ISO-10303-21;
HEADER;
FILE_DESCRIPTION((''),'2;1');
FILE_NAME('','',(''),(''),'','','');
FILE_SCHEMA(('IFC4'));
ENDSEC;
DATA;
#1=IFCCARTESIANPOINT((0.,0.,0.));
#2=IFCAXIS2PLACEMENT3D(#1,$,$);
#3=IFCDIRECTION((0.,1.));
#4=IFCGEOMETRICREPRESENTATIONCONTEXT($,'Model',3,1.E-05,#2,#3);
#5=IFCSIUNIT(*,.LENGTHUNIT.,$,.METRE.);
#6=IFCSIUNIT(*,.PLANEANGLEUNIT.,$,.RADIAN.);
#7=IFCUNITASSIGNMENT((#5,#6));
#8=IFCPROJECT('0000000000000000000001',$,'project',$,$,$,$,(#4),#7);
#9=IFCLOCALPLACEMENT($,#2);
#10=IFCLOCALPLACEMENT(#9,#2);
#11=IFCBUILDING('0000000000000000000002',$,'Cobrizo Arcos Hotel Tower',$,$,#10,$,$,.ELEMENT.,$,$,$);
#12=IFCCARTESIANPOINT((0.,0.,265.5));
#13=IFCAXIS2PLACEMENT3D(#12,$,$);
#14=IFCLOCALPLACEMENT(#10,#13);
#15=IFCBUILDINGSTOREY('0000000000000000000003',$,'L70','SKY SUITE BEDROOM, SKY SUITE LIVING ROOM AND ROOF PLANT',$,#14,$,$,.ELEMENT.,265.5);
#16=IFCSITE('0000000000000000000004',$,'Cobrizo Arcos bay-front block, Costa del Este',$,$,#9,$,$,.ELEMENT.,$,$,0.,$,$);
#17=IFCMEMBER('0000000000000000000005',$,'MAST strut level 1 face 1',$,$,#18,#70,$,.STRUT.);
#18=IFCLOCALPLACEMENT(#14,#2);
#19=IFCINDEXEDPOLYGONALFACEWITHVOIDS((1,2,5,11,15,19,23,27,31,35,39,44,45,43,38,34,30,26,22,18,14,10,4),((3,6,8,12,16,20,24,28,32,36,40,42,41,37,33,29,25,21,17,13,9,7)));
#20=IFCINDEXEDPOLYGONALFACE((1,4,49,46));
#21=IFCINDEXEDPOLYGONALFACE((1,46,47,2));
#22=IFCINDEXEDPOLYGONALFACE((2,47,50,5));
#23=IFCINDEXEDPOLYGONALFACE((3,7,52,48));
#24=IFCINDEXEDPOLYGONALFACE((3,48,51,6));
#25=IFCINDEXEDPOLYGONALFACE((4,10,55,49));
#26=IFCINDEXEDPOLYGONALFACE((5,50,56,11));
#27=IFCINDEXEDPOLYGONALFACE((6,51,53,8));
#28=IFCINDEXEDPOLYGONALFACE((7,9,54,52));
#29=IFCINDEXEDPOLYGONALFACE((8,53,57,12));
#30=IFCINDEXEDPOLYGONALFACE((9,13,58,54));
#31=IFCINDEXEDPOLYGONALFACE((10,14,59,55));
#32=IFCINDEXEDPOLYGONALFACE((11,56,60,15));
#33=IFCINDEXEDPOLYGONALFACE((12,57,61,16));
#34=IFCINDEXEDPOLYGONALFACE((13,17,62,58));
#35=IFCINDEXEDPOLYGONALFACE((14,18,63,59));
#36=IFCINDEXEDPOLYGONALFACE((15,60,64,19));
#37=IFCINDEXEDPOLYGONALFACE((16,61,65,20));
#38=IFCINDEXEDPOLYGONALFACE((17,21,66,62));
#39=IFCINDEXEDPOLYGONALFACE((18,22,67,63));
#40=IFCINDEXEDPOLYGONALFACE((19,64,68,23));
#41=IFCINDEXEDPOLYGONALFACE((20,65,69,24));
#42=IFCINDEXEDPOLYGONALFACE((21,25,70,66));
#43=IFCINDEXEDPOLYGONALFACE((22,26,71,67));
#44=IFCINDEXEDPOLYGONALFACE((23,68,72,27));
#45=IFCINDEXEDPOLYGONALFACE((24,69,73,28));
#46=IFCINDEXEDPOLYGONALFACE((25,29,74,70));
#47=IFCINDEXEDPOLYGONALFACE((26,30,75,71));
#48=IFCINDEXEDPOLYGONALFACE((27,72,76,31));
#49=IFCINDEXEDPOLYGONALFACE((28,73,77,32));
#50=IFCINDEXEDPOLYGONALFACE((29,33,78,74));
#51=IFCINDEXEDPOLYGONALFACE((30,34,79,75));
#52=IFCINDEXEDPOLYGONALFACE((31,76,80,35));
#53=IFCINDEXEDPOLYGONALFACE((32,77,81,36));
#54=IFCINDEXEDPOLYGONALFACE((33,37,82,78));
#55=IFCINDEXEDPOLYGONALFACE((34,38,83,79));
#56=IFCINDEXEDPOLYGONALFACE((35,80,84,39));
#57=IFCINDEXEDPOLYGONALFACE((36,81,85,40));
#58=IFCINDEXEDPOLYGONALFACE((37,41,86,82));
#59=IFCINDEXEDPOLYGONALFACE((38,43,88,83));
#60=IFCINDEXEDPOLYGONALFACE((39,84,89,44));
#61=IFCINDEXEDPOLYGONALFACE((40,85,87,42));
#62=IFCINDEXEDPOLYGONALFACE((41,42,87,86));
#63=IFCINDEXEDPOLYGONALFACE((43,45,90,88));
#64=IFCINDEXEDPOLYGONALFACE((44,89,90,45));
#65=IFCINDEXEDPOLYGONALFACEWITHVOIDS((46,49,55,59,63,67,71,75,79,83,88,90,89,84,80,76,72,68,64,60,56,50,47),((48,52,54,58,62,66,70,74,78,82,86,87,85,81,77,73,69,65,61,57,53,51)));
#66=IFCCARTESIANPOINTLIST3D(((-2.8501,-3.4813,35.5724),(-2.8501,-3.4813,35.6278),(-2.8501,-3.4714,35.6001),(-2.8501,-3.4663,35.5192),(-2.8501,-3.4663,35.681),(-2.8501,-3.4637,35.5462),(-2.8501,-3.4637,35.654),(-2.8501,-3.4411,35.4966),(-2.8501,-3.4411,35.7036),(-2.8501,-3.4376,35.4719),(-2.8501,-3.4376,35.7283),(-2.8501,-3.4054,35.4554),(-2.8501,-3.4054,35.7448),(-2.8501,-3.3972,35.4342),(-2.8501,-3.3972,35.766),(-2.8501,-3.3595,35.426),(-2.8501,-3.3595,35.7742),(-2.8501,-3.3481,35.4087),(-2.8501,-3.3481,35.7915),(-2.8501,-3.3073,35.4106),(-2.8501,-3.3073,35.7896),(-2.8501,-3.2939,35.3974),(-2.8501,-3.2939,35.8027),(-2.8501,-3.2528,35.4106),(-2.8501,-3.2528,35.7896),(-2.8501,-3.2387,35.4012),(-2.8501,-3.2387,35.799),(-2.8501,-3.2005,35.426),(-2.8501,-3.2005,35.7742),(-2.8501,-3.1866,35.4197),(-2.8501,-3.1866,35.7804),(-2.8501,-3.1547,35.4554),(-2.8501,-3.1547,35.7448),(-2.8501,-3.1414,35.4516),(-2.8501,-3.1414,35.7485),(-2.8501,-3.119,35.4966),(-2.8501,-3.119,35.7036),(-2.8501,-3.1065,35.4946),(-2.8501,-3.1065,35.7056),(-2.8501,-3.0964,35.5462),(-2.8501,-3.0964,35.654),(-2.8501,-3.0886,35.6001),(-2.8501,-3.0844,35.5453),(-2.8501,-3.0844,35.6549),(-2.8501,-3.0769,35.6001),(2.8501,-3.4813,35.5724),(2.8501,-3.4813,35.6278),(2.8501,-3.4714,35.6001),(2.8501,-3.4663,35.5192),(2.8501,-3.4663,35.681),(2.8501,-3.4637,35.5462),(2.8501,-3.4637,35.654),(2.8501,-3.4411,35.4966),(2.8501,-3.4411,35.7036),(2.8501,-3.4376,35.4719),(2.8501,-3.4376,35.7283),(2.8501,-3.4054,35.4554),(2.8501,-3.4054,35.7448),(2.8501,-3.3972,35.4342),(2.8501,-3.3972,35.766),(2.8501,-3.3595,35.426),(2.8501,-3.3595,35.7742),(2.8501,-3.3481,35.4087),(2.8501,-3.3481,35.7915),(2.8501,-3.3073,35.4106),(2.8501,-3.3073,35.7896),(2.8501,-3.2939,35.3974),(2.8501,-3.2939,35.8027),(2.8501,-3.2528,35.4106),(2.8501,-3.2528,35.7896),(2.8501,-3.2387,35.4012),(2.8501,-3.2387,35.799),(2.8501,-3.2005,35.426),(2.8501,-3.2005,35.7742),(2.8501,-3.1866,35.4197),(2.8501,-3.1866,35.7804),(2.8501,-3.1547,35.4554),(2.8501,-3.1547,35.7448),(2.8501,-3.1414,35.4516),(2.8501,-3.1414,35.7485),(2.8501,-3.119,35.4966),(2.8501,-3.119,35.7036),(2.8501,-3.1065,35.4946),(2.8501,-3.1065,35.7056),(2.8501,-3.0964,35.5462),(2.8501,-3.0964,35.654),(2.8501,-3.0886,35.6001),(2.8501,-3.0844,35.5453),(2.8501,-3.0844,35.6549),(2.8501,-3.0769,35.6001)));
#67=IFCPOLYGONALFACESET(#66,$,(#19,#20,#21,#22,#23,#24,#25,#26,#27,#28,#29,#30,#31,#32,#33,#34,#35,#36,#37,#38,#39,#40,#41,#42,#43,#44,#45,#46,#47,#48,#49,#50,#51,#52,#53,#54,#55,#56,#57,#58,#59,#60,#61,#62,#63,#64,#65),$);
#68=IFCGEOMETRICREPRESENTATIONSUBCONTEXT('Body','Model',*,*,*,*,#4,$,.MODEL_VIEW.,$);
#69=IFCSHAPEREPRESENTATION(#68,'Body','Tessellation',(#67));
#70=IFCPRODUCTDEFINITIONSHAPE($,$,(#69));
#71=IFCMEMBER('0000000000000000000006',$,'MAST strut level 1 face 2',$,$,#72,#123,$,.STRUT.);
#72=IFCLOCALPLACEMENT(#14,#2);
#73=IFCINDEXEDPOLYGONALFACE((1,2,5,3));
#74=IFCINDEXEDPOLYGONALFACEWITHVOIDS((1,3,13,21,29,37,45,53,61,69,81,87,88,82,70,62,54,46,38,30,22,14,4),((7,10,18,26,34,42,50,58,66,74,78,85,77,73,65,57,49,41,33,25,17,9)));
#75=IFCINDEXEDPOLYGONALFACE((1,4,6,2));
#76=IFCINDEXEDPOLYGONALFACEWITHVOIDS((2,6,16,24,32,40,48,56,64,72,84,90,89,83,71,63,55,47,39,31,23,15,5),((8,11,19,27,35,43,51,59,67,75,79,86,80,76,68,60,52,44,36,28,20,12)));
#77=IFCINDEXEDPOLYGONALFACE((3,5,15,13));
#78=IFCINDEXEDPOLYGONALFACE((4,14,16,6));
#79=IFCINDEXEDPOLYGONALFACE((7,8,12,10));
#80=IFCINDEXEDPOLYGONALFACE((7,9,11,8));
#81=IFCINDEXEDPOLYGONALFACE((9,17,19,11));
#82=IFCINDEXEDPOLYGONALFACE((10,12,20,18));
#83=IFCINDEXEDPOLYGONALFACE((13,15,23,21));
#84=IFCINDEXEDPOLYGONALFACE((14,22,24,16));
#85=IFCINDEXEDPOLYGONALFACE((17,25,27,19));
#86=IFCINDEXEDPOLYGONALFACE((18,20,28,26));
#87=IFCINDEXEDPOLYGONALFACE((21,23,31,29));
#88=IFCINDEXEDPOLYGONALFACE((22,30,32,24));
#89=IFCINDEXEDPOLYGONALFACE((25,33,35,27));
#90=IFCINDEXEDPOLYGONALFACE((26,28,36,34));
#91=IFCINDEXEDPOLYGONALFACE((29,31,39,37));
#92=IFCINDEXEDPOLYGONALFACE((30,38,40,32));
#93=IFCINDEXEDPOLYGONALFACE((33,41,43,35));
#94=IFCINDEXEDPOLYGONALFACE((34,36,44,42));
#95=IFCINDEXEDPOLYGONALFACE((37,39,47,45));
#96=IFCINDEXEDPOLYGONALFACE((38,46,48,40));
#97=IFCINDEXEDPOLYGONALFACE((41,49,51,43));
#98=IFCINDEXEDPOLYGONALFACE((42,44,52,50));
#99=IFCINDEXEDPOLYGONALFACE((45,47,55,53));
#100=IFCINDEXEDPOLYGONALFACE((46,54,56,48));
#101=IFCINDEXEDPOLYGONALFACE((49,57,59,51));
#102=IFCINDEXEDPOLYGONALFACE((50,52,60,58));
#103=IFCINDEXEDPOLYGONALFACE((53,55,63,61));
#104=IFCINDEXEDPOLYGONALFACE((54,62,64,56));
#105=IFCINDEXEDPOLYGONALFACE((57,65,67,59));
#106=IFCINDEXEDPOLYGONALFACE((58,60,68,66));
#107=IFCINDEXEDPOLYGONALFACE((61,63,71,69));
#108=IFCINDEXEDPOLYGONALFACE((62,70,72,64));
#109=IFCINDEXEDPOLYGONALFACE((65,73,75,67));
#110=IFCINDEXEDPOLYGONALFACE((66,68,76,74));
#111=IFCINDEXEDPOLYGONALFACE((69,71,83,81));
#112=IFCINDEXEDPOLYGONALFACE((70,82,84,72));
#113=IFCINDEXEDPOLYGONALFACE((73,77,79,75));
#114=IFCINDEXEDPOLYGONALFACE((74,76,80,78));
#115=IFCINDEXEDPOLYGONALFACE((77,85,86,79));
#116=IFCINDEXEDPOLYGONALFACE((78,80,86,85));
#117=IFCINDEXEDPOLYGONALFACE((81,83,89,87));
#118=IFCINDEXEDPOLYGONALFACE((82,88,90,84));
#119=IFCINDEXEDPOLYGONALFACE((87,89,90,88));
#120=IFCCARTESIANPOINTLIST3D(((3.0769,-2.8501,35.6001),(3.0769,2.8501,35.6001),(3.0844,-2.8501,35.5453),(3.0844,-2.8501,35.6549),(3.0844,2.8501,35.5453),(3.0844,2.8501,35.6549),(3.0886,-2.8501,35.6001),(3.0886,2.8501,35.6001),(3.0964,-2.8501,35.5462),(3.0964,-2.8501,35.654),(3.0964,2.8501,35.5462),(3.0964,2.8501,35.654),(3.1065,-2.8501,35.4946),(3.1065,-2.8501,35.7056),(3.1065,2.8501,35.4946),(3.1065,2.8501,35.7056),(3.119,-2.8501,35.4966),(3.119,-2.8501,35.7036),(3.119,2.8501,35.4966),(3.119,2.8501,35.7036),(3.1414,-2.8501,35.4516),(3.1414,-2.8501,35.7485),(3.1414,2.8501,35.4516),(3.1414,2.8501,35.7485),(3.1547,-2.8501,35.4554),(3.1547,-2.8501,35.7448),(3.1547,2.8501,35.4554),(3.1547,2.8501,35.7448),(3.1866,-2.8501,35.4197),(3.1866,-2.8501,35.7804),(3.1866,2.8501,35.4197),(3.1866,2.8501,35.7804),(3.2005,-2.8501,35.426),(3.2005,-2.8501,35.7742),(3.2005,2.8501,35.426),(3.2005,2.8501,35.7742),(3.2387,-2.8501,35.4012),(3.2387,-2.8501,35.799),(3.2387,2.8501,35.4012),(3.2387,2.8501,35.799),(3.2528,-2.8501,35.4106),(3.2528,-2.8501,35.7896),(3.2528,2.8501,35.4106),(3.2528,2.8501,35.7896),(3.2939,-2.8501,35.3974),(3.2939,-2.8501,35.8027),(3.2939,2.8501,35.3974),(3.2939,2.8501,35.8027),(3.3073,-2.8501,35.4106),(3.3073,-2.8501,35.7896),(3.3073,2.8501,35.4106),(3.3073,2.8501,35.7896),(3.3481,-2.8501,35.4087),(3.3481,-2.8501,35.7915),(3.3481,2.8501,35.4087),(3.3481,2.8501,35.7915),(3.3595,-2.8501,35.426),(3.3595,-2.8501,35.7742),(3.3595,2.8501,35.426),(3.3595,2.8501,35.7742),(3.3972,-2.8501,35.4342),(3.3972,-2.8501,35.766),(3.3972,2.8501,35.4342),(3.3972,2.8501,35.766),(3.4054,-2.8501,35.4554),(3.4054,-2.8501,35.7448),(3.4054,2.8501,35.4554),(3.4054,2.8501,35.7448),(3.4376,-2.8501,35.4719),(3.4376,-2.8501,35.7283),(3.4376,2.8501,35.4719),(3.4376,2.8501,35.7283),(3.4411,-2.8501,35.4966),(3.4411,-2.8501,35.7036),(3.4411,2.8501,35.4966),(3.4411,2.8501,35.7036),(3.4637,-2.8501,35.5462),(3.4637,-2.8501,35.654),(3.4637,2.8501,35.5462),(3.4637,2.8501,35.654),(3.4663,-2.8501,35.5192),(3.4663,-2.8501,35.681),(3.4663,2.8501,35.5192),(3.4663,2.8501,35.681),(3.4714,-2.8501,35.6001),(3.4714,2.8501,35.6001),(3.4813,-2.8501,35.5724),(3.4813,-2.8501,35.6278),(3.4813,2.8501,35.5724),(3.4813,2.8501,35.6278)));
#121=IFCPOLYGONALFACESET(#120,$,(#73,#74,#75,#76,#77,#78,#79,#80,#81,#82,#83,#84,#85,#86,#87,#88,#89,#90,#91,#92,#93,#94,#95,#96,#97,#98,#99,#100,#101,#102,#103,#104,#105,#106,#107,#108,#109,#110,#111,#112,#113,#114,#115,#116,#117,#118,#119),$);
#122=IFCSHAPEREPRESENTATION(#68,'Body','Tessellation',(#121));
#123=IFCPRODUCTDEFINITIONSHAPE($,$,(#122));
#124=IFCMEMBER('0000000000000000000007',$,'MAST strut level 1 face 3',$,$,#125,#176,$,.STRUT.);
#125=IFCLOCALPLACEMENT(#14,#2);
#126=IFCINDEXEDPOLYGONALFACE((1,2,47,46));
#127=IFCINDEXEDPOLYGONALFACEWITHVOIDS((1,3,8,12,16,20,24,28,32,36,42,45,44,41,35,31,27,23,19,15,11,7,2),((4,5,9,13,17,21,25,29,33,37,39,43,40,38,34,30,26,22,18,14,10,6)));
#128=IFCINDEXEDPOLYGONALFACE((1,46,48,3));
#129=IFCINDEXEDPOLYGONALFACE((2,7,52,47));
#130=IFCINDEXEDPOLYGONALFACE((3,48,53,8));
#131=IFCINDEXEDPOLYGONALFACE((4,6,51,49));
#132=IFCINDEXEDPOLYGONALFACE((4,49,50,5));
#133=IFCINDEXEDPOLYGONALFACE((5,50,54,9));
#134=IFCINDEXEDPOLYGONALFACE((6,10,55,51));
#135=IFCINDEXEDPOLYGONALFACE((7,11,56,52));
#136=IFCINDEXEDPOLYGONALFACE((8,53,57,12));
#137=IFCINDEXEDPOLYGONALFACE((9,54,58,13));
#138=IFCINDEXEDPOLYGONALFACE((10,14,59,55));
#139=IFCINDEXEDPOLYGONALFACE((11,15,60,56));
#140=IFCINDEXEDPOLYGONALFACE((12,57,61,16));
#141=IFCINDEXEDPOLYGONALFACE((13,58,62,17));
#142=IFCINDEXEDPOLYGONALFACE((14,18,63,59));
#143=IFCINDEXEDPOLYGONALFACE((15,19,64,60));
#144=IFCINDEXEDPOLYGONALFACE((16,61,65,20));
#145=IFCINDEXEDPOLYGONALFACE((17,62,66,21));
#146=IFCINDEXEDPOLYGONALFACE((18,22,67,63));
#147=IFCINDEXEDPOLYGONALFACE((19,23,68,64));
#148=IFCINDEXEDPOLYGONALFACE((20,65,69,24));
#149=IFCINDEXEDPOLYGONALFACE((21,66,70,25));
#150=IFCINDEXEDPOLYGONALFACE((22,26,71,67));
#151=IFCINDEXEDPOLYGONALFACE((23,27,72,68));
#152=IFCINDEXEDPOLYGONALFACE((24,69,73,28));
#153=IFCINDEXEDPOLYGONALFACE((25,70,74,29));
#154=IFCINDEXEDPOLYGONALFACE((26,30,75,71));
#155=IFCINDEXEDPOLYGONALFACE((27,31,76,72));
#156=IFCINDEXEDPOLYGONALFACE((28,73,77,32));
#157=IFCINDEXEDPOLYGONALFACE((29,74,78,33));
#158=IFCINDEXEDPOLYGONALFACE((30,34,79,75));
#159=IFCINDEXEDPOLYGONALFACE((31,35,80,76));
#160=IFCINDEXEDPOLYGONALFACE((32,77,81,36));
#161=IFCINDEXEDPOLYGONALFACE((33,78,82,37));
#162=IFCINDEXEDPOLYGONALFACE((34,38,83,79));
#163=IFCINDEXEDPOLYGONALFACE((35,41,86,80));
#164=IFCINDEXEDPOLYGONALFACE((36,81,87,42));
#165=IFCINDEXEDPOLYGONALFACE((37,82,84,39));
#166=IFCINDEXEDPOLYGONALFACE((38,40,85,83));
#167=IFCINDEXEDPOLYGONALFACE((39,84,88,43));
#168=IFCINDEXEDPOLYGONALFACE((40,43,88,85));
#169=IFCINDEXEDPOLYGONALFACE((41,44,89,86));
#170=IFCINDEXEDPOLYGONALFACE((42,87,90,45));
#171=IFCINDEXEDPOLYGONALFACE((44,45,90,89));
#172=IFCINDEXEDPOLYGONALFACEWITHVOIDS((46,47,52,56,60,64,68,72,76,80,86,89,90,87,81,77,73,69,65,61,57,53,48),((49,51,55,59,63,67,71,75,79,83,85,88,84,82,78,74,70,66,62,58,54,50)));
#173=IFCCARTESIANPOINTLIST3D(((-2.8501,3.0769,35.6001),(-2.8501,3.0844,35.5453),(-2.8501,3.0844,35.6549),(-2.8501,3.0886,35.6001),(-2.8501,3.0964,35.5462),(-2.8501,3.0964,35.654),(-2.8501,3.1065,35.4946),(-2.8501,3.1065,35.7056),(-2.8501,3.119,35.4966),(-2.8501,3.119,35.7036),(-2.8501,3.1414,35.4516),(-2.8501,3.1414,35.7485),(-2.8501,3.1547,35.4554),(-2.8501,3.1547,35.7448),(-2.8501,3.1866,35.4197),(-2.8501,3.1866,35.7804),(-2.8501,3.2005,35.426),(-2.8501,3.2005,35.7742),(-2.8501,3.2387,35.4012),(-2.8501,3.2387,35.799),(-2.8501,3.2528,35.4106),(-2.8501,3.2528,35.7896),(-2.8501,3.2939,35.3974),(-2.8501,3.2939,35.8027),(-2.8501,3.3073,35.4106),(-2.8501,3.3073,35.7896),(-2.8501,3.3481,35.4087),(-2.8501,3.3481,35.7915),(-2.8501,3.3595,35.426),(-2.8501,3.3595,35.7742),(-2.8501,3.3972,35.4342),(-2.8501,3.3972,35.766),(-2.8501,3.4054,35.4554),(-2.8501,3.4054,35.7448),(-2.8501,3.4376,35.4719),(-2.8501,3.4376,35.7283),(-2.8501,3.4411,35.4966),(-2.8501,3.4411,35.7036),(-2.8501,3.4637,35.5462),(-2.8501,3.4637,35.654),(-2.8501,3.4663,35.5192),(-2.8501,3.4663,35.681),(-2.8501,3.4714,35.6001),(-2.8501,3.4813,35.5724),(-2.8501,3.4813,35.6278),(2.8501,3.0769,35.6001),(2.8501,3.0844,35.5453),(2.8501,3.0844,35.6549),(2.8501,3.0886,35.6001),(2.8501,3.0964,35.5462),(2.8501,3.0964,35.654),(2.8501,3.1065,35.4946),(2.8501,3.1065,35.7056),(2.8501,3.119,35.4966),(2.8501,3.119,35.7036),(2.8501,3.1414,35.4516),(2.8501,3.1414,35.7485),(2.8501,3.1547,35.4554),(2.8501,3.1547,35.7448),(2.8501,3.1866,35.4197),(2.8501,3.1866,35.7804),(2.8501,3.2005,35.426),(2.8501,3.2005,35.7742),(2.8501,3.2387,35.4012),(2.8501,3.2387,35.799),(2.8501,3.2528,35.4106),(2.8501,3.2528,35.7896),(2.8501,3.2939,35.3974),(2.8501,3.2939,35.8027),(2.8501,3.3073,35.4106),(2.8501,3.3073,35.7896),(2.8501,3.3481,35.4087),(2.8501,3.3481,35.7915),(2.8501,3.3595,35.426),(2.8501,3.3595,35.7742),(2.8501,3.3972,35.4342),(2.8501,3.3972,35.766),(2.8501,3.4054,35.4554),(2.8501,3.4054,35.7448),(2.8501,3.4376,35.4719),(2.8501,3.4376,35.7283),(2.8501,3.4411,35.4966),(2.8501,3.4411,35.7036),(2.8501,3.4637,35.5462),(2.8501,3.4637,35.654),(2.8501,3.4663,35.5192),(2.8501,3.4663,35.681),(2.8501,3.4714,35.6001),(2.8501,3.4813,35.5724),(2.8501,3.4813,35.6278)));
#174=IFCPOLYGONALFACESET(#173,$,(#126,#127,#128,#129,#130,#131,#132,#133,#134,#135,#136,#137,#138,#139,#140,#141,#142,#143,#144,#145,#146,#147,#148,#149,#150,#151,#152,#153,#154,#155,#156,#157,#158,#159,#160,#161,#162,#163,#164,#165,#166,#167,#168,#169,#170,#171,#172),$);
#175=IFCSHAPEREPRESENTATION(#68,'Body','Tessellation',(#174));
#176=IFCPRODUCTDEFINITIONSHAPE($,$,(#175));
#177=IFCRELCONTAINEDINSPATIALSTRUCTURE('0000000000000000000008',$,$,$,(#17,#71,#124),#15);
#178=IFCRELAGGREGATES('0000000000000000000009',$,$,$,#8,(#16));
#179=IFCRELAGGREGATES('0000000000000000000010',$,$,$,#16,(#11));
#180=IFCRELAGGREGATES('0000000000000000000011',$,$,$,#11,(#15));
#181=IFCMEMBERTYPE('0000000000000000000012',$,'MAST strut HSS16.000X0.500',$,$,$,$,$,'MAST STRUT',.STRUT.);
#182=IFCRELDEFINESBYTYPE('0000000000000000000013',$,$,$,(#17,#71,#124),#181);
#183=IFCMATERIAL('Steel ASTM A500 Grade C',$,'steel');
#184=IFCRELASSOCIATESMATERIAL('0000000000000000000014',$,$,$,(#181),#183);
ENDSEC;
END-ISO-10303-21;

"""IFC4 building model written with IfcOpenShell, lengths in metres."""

from ifc_helpers import new_model, si_unit, direction, frame, origin, origin_2d, place, context, subcontext, project, spatial, hollow_circle, extrude, material, material_profile, profile_set, type_object, element, save


model = new_model("IFC4")

# Units and contexts
model_context = context("Model", 3, precision=1e-05, world=origin(), true_north=direction((0.0, 1.0)))
body_context = subcontext(model_context, "Body", "Model", "MODEL_VIEW")
ifc_project = project(units=[si_unit("LENGTHUNIT", "METRE"), si_unit("PLANEANGLEUNIT", "RADIAN")], contexts=[model_context])

# Site, building, storey
site_placement = place(None, origin())
site = spatial("IfcSite", under=ifc_project, at=site_placement, Name="Cobrizo Arcos bay-front block, Costa del Este", CompositionType="ELEMENT", RefElevation=0.0)
building_placement = place(site_placement, origin())
building = spatial("IfcBuilding", under=site, at=building_placement, Name="Cobrizo Arcos Hotel Tower", CompositionType="ELEMENT")
storey_placement = place(building_placement, frame((0.0, 0.0, 265.5)))
storey = spatial("IfcBuildingStorey", under=building, at=storey_placement, Name="L70", Description="SKY SUITE BEDROOM, SKY SUITE LIVING ROOM AND ROOF PLANT", CompositionType="ELEMENT", Elevation=265.5)

# Members
ifc_material_1 = material(Name="Steel ASTM A500 Grade C", Category="steel")
ifc_material_profile_1 = material_profile(ifc_material_1, hollow_circle(Radius=0.2031, WallThickness=0.0117, at=origin_2d()), Name="HSS16.000X0.500")
ifc_profile_set_1 = profile_set([ifc_material_profile_1], Name="Steel ASTM A500 Grade C")
member_type_1 = type_object("IfcMemberType", Name="MAST strut HSS16.000X0.500", ElementType="MAST STRUT", PredefinedType="STRUT", material=ifc_profile_set_1)
for number, where, z_axis, x_axis, name in (
    (1, (-2.8501, -3.28, 35.6001), (1.0, 0.0, 0.0), (0.0, 1.0, 0.0), "MAST strut level 1 face 1"),
    (2, (3.28, -2.8501, 35.6001), (0.0, 1.0, 0.0), (-1.0, 0.0, 0.0), "MAST strut level 1 face 2"),
    (3, (2.8501, 3.28, 35.6001), (-1.0, 0.0, 0.0), (0.0, -1.0, 0.0), "MAST strut level 1 face 3"),
):
    element("IfcMember", number, at=place(storey_placement, frame(where, z_axis=z_axis, x_axis=x_axis)), inside=storey, type_object=member_type_1, Name=name, PredefinedType="STRUT", context=body_context, shape_type="SweptSolid", body=[
        extrude(hollow_circle(Radius=0.2031, WallThickness=0.0117, at=origin_2d()), origin(), (0.0, 0.0, 1.0), 5.7002),
    ])

save(model, "model.ifc")
